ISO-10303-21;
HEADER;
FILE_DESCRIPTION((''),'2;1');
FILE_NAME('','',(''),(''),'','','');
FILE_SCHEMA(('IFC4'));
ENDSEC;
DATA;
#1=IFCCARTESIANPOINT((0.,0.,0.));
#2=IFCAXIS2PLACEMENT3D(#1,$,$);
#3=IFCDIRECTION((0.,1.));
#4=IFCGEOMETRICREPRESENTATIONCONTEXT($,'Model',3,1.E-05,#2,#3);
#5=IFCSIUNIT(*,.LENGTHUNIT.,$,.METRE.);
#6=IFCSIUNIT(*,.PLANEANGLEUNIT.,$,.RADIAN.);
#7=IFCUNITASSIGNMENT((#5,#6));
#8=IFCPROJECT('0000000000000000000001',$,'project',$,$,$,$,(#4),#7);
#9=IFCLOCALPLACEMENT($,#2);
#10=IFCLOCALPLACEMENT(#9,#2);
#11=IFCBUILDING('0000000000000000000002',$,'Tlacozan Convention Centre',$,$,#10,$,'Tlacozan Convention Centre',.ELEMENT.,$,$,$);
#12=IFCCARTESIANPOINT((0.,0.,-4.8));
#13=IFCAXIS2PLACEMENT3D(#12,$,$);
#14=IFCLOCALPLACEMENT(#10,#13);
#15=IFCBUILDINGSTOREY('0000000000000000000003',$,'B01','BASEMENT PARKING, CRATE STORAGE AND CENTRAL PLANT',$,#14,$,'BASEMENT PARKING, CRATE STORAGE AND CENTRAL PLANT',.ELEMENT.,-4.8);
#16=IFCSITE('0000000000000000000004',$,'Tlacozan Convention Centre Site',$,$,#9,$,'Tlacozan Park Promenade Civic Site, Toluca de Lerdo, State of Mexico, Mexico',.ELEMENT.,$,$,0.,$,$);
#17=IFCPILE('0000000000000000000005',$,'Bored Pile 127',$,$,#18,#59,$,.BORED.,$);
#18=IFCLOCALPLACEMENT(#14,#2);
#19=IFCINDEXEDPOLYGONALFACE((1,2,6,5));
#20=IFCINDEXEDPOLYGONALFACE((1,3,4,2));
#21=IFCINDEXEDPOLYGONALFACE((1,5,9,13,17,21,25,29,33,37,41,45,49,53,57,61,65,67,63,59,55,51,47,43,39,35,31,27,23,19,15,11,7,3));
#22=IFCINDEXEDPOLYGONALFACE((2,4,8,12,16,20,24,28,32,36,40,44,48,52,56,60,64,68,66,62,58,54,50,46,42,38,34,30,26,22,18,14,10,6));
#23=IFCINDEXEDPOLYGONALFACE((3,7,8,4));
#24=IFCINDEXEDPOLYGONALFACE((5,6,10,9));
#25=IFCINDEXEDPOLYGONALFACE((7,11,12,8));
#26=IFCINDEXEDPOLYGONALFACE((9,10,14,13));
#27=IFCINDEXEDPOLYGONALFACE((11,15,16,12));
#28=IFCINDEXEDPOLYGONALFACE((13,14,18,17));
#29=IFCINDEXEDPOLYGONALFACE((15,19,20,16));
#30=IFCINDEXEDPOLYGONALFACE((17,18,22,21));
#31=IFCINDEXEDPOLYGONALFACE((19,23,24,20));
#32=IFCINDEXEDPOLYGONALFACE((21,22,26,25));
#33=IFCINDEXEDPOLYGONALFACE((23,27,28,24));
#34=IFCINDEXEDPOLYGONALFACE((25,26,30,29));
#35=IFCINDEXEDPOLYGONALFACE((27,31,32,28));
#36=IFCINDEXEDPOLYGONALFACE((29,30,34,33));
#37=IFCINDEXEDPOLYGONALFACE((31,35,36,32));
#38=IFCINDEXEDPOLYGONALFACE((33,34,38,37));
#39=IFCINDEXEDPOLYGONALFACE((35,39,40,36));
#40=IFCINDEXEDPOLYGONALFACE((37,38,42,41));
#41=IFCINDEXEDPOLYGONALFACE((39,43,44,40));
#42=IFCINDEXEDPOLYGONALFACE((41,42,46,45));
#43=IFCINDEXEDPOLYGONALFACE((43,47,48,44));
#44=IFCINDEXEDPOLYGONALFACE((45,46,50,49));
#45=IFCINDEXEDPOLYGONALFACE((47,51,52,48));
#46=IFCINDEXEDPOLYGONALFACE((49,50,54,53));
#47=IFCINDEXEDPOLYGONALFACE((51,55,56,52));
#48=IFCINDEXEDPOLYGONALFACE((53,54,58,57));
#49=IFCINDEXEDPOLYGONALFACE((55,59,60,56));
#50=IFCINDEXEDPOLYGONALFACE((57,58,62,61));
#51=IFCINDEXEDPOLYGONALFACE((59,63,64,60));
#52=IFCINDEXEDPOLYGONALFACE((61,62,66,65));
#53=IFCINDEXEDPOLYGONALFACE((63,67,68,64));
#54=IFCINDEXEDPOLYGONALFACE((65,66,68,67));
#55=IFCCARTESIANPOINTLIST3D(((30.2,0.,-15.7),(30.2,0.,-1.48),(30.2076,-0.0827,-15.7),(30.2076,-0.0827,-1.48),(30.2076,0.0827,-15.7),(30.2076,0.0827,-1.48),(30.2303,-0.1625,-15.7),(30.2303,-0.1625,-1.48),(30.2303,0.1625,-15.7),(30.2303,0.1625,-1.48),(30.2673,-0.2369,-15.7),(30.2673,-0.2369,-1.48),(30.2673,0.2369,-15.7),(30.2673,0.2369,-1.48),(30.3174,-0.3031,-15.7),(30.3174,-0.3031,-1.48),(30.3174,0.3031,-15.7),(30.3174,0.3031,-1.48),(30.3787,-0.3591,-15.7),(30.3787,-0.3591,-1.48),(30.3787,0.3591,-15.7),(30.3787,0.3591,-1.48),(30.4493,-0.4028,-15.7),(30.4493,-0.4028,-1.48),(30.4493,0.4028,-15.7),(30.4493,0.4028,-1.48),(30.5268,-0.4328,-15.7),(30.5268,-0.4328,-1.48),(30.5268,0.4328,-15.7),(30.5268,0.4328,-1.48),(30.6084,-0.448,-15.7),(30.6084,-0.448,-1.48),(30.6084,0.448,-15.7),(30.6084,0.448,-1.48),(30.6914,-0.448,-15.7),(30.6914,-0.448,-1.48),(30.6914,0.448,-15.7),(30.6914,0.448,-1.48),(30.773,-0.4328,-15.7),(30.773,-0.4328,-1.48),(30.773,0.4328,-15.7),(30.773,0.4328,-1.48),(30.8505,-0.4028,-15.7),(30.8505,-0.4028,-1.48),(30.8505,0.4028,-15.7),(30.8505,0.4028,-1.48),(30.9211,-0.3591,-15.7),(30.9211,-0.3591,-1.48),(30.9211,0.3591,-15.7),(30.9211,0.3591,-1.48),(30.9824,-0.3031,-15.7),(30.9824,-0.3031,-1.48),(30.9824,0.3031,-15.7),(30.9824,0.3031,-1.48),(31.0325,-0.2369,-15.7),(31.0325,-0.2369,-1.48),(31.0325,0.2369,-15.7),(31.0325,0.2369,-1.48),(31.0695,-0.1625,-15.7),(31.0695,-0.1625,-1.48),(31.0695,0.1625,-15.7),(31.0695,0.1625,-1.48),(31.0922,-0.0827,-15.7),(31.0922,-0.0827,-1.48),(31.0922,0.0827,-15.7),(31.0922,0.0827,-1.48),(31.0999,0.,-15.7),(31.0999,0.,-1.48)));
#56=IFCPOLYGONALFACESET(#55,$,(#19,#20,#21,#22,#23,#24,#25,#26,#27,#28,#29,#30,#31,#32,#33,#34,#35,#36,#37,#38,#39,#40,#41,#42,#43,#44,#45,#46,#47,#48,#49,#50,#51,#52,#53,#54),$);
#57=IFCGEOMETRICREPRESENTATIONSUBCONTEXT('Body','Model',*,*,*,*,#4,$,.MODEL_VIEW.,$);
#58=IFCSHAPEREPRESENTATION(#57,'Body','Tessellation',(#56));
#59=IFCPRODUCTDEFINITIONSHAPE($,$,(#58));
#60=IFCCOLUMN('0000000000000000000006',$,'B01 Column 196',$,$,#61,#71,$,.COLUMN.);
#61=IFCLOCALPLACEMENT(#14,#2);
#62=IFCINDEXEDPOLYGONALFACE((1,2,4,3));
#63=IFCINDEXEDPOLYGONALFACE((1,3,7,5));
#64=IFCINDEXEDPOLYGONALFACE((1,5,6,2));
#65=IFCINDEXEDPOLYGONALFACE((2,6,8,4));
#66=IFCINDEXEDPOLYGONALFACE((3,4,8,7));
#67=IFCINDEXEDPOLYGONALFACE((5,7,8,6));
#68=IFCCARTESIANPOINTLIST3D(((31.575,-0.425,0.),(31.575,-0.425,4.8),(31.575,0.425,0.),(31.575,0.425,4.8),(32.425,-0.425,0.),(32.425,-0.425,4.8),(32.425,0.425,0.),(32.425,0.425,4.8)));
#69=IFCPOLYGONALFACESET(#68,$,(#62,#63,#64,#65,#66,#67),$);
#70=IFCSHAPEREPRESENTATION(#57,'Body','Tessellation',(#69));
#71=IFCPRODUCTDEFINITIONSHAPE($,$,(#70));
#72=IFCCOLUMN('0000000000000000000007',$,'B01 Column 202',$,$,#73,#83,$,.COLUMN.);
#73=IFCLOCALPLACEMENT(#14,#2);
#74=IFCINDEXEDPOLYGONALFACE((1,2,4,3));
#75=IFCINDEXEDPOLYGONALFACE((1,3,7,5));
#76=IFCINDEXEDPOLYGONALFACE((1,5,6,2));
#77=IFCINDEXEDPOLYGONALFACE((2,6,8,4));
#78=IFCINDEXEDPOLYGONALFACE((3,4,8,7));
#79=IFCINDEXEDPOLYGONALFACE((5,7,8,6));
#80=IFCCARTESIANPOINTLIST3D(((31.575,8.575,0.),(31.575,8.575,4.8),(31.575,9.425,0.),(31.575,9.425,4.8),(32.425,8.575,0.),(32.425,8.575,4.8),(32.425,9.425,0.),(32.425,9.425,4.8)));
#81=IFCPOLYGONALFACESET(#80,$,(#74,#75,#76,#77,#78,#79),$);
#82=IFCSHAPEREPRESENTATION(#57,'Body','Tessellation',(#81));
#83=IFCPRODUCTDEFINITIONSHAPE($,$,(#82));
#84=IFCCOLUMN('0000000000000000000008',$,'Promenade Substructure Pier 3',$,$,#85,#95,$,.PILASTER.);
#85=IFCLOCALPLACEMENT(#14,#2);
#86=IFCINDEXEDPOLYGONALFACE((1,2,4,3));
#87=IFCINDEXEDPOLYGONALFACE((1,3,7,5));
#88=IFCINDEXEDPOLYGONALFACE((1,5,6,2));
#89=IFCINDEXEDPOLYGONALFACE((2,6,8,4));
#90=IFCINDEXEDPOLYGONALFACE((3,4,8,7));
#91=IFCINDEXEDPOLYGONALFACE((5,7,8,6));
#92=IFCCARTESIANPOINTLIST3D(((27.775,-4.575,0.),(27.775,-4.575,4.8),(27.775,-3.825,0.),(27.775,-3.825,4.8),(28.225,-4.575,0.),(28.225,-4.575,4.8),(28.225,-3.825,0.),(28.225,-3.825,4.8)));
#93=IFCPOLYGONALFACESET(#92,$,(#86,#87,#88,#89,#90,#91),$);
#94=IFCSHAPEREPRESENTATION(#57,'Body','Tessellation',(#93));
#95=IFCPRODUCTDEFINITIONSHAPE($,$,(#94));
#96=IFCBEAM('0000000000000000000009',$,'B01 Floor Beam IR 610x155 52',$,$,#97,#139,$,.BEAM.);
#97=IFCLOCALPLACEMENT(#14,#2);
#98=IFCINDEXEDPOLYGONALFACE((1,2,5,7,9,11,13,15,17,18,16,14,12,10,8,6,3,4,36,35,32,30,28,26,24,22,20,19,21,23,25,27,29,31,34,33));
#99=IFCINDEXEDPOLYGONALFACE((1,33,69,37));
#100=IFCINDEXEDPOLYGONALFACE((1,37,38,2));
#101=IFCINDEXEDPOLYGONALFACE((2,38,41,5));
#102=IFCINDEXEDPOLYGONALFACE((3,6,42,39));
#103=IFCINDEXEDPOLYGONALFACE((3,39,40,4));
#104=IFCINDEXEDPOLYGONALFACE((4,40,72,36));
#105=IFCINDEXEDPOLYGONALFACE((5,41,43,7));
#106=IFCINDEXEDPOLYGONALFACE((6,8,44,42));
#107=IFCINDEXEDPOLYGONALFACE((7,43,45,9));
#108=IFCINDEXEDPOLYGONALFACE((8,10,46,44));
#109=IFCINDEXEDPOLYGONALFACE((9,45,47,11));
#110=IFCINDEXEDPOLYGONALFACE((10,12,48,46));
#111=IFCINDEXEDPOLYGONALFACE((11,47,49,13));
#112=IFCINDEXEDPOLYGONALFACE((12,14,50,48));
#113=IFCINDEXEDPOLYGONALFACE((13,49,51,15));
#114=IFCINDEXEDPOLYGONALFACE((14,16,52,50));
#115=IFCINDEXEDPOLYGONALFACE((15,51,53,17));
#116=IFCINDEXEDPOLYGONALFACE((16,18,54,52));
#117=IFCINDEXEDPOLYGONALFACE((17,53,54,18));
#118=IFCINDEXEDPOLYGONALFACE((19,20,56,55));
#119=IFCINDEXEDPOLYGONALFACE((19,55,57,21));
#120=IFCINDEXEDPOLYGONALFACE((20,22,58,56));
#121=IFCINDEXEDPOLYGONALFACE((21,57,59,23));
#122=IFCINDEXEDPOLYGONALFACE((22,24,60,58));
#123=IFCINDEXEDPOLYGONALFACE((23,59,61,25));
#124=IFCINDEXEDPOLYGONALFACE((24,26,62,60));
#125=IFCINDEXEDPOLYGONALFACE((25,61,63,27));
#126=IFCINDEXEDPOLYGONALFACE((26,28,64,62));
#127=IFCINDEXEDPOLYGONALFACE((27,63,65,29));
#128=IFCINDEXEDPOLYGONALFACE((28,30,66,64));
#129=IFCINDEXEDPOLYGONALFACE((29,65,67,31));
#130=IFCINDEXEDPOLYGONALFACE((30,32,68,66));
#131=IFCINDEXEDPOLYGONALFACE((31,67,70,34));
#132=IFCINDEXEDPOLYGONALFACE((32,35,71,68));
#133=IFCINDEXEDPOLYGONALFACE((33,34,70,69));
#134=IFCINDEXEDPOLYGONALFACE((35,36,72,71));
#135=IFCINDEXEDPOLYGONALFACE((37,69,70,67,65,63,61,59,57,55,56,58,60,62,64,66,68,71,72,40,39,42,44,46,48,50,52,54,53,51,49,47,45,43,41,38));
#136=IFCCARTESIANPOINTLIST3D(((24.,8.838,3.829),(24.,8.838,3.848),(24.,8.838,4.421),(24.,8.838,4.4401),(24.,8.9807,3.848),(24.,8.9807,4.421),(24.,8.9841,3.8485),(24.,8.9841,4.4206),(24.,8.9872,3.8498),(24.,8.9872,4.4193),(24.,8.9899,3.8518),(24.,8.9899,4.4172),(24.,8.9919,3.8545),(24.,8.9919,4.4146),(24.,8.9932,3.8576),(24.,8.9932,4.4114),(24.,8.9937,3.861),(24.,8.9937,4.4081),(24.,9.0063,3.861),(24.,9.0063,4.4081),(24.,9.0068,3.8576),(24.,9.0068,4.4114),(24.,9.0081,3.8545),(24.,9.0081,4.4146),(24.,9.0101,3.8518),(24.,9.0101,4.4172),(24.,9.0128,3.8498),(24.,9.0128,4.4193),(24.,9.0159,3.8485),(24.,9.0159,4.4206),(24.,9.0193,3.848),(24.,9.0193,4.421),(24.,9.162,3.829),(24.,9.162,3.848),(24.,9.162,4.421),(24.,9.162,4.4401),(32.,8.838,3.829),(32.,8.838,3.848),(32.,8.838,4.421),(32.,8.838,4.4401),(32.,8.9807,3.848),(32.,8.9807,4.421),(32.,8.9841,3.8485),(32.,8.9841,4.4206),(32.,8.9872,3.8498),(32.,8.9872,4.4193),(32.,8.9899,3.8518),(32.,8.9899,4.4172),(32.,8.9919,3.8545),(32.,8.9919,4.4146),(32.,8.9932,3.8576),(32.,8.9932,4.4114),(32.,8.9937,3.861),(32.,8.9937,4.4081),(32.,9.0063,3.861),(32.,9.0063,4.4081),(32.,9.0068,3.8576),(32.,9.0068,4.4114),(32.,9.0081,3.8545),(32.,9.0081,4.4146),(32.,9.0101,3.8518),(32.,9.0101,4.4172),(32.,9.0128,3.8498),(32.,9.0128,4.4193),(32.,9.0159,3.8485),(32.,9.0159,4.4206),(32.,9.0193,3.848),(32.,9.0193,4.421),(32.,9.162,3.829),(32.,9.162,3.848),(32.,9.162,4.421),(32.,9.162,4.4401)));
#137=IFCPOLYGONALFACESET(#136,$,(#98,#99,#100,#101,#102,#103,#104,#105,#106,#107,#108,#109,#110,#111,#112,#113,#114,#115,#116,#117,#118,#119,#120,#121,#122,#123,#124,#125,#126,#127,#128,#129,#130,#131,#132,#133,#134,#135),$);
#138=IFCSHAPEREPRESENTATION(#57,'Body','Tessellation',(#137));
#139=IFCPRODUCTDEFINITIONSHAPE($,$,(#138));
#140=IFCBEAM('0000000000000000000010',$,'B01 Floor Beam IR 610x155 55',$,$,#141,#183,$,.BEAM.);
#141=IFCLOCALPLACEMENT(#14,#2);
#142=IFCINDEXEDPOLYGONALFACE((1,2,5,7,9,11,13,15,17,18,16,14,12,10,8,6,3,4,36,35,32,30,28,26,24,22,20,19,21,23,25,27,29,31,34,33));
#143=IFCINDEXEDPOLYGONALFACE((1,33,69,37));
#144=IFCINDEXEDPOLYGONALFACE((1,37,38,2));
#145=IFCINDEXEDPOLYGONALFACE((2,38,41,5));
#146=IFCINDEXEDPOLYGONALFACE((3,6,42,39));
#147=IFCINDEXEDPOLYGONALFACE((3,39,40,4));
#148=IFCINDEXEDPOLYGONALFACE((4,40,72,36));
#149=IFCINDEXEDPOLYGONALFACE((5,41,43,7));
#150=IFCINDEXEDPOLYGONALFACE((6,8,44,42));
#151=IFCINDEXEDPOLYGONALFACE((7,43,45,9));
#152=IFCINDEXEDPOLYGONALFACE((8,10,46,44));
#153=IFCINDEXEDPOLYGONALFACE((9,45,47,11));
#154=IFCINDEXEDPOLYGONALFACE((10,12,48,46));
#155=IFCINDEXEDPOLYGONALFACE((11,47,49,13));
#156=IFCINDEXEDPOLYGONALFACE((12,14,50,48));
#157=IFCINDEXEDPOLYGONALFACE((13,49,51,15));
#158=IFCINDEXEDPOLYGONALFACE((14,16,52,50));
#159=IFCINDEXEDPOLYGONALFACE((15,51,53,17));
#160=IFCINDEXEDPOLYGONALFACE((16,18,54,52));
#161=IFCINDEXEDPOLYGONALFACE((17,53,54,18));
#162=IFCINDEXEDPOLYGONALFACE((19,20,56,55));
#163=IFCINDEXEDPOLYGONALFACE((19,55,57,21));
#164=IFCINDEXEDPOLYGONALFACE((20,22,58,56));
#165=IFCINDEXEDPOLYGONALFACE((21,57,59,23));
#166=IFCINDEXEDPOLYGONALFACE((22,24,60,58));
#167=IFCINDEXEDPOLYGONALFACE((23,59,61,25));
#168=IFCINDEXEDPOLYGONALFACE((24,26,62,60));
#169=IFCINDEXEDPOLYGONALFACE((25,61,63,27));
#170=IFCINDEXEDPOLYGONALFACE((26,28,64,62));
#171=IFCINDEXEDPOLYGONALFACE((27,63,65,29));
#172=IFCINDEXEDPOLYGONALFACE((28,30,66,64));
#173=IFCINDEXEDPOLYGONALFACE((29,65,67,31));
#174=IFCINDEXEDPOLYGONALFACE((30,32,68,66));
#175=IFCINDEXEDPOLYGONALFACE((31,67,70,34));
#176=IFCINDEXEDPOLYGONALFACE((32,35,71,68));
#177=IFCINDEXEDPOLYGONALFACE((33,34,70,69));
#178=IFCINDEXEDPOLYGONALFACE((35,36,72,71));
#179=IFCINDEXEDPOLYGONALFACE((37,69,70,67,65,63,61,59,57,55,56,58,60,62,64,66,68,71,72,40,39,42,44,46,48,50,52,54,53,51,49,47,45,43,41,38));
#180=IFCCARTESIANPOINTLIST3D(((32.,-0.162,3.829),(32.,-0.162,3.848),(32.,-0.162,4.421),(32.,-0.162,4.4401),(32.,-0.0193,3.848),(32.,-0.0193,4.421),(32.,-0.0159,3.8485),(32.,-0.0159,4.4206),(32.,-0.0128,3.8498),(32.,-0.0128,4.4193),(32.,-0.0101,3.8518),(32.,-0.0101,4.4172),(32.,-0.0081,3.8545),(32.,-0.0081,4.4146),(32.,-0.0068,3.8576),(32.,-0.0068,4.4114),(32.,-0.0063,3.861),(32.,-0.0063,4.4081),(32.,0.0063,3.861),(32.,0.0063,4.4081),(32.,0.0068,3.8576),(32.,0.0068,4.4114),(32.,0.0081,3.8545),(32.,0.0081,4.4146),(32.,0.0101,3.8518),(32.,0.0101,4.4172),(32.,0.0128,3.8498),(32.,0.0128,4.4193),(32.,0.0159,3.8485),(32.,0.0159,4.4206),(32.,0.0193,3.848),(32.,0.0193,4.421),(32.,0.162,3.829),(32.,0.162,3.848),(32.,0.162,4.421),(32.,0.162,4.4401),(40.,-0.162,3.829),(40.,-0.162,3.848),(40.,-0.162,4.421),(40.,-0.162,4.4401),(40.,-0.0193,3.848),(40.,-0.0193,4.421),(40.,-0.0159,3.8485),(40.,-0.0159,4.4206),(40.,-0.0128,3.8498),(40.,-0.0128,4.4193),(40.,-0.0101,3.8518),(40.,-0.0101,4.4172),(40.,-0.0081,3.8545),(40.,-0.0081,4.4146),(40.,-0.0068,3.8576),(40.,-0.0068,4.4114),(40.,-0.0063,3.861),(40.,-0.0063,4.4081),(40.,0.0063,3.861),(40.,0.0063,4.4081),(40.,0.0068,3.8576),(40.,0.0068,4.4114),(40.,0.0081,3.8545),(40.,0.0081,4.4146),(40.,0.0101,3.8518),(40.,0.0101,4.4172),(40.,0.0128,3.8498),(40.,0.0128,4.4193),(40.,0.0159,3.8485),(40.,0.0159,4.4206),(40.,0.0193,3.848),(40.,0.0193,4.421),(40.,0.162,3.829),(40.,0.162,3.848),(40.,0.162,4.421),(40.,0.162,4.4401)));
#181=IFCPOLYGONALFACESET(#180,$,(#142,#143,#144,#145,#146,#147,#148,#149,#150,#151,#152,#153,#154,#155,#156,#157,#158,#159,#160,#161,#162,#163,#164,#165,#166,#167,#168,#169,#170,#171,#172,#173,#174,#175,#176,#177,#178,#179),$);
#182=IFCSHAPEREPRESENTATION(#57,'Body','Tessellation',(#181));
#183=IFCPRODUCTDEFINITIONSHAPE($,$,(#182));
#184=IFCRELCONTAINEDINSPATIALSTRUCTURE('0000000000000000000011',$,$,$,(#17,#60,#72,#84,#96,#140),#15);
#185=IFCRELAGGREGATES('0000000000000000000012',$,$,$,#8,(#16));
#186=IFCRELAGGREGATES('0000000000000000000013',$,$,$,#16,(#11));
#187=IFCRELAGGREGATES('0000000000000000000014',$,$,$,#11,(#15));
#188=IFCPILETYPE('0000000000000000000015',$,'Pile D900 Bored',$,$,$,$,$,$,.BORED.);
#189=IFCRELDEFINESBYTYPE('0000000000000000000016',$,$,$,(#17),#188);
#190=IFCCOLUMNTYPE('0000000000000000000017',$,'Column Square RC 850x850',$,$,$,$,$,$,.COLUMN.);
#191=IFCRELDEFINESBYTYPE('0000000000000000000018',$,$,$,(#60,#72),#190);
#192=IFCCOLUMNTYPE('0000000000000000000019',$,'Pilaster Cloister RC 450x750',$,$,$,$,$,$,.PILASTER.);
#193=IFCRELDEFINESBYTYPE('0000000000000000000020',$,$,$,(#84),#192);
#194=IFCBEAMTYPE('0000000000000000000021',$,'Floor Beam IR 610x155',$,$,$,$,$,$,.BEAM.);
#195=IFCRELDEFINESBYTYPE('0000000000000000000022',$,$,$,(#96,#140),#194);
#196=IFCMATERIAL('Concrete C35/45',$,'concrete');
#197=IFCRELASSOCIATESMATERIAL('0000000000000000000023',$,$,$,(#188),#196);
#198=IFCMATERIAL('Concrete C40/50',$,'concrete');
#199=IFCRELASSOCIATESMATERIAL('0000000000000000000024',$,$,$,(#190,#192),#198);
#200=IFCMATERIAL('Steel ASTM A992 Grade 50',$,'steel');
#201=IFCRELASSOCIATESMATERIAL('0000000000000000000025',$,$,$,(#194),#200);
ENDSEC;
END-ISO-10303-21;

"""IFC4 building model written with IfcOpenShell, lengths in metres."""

from ifc_helpers import new_model, si_unit, direction, frame, origin, origin_2d, place, context, subcontext, project, spatial, rectangle, circle, i_section, extrude, material, material_profile, profile_set, type_object, element, save


model = new_model("IFC4")

# Units and contexts
model_context = context("Model", 3, precision=1e-05, world=origin(), true_north=direction((0.0, 1.0)))
body_context = subcontext(model_context, "Body", "Model", "MODEL_VIEW")
ifc_project = project(units=[si_unit("LENGTHUNIT", "METRE"), si_unit("PLANEANGLEUNIT", "RADIAN")], contexts=[model_context])

# Site, building, storey
site_placement = place(None, origin())
site = spatial("IfcSite", under=ifc_project, at=site_placement, Name="Tlacozan Convention Centre Site", LongName="Tlacozan Park Promenade Civic Site, Toluca de Lerdo, State of Mexico, Mexico", CompositionType="ELEMENT", RefElevation=0.0)
building_placement = place(site_placement, origin())
building = spatial("IfcBuilding", under=site, at=building_placement, Name="Tlacozan Convention Centre", LongName="Tlacozan Convention Centre", CompositionType="ELEMENT")
storey_placement = place(building_placement, frame((0.0, 0.0, -4.8)))
storey = spatial("IfcBuildingStorey", under=building, at=storey_placement, Name="B01", Description="BASEMENT PARKING, CRATE STORAGE AND CENTRAL PLANT", LongName="BASEMENT PARKING, CRATE STORAGE AND CENTRAL PLANT", CompositionType="ELEMENT", Elevation=-4.8)

# Shared definitions
ifc_material_1 = material(Name="Concrete C35/45", Category="concrete")

# Pile
ifc_material_profile_1 = material_profile(ifc_material_1, circle(Radius=0.45, at=origin_2d()), Name="PILE D900")
ifc_profile_set_1 = profile_set([ifc_material_profile_1], Name="Concrete C35/45")
pile_type_1 = type_object("IfcPileType", Name="Pile D900 Bored", PredefinedType="BORED", material=ifc_profile_set_1)
for number, where, z_axis, x_axis, name in (
    (1, (30.6499, 0.0, -1.48), (0.0, 0.0, -1.0), (1.0, 0.0, 0.0), "Bored Pile 127"),
):
    element("IfcPile", number, at=place(storey_placement, frame(where, z_axis=z_axis, x_axis=x_axis)), inside=storey, type_object=pile_type_1, Name=name, PredefinedType="BORED", context=body_context, shape_type="SweptSolid", body=[
        extrude(circle(Radius=0.45, at=origin_2d()), origin(), (0.0, 0.0, 1.0), 14.22),
    ])

# Columns
ifc_material_2 = material(Name="Concrete C40/50", Category="concrete")
ifc_material_profile_2 = material_profile(ifc_material_2, rectangle(XDim=0.8501, YDim=0.8501, at=origin_2d()), Name="RC 850x850")
ifc_profile_set_2 = profile_set([ifc_material_profile_2], Name="Concrete C40/50")
column_type_1 = type_object("IfcColumnType", Name="Column Square RC 850x850", PredefinedType="COLUMN", material=ifc_profile_set_2)
for number, where, z_axis, x_axis, name in (
    (2, (32.0, 0.0, 0.0), (0.0, 0.0, 1.0), (1.0, 0.0, 0.0), "B01 Column 196"),
    (3, (32.0, 9.0, 0.0), (0.0, 0.0, 1.0), (1.0, 0.0, 0.0), "B01 Column 202"),
):
    element("IfcColumn", number, at=place(storey_placement, frame(where, z_axis=z_axis, x_axis=x_axis)), inside=storey, type_object=column_type_1, Name=name, PredefinedType="COLUMN", context=body_context, shape_type="SweptSolid", body=[
        extrude(rectangle(XDim=0.8501, YDim=0.8501, at=origin_2d()), origin(), (0.0, 0.0, 1.0), 4.8),
    ])
ifc_material_profile_3 = material_profile(ifc_material_2, rectangle(XDim=0.45, YDim=0.75, at=origin_2d()), Name="RC 450x750")
ifc_profile_set_3 = profile_set([ifc_material_profile_3], Name="Concrete C40/50")
column_type_2 = type_object("IfcColumnType", Name="Pilaster Cloister RC 450x750", PredefinedType="PILASTER", material=ifc_profile_set_3)
column_placement = place(storey_placement, frame((28.0, -4.2, 0.0), z_axis=(0.0, 0.0, 1.0), x_axis=(1.0, 0.0, 0.0)))
element("IfcColumn", 4, at=column_placement, inside=storey, type_object=column_type_2, Name="Promenade Substructure Pier 3", PredefinedType="PILASTER", context=body_context, shape_type="SweptSolid", body=[
    extrude(rectangle(XDim=0.45, YDim=0.75, at=origin_2d()), origin(), (0.0, 0.0, 1.0), 4.8),
])

# Beams
ifc_material_3 = material(Name="Steel ASTM A992 Grade 50", Category="steel")
ifc_material_profile_4 = material_profile(ifc_material_3, i_section(OverallWidth=0.324, OverallDepth=0.6111, WebThickness=0.0127, FlangeThickness=0.019, FilletRadius=0.0129, at=origin_2d()), Name="IR 610x155.0")
ifc_profile_set_4 = profile_set([ifc_material_profile_4], Name="Steel ASTM A992 Grade 50")
beam_type_1 = type_object("IfcBeamType", Name="Floor Beam IR 610x155", PredefinedType="BEAM", material=ifc_profile_set_4)
for number, where, z_axis, x_axis, name in (
    (5, (24.0, 9.0, 4.1345), (1.0, 0.0, 0.0), (0.0, 1.0, 0.0), "B01 Floor Beam IR 610x155 52"),
    (6, (32.0, 0.0, 4.1345), (1.0, 0.0, 0.0), (0.0, 1.0, 0.0), "B01 Floor Beam IR 610x155 55"),
):
    element("IfcBeam", number, at=place(storey_placement, frame(where, z_axis=z_axis, x_axis=x_axis)), inside=storey, type_object=beam_type_1, Name=name, PredefinedType="BEAM", context=body_context, shape_type="SweptSolid", body=[
        extrude(i_section(OverallWidth=0.324, OverallDepth=0.6111, WebThickness=0.0127, FlangeThickness=0.019, FilletRadius=0.0129, at=origin_2d()), origin(), (0.0, 0.0, 1.0), 8.0),
    ])

save(model, "model.ifc")
